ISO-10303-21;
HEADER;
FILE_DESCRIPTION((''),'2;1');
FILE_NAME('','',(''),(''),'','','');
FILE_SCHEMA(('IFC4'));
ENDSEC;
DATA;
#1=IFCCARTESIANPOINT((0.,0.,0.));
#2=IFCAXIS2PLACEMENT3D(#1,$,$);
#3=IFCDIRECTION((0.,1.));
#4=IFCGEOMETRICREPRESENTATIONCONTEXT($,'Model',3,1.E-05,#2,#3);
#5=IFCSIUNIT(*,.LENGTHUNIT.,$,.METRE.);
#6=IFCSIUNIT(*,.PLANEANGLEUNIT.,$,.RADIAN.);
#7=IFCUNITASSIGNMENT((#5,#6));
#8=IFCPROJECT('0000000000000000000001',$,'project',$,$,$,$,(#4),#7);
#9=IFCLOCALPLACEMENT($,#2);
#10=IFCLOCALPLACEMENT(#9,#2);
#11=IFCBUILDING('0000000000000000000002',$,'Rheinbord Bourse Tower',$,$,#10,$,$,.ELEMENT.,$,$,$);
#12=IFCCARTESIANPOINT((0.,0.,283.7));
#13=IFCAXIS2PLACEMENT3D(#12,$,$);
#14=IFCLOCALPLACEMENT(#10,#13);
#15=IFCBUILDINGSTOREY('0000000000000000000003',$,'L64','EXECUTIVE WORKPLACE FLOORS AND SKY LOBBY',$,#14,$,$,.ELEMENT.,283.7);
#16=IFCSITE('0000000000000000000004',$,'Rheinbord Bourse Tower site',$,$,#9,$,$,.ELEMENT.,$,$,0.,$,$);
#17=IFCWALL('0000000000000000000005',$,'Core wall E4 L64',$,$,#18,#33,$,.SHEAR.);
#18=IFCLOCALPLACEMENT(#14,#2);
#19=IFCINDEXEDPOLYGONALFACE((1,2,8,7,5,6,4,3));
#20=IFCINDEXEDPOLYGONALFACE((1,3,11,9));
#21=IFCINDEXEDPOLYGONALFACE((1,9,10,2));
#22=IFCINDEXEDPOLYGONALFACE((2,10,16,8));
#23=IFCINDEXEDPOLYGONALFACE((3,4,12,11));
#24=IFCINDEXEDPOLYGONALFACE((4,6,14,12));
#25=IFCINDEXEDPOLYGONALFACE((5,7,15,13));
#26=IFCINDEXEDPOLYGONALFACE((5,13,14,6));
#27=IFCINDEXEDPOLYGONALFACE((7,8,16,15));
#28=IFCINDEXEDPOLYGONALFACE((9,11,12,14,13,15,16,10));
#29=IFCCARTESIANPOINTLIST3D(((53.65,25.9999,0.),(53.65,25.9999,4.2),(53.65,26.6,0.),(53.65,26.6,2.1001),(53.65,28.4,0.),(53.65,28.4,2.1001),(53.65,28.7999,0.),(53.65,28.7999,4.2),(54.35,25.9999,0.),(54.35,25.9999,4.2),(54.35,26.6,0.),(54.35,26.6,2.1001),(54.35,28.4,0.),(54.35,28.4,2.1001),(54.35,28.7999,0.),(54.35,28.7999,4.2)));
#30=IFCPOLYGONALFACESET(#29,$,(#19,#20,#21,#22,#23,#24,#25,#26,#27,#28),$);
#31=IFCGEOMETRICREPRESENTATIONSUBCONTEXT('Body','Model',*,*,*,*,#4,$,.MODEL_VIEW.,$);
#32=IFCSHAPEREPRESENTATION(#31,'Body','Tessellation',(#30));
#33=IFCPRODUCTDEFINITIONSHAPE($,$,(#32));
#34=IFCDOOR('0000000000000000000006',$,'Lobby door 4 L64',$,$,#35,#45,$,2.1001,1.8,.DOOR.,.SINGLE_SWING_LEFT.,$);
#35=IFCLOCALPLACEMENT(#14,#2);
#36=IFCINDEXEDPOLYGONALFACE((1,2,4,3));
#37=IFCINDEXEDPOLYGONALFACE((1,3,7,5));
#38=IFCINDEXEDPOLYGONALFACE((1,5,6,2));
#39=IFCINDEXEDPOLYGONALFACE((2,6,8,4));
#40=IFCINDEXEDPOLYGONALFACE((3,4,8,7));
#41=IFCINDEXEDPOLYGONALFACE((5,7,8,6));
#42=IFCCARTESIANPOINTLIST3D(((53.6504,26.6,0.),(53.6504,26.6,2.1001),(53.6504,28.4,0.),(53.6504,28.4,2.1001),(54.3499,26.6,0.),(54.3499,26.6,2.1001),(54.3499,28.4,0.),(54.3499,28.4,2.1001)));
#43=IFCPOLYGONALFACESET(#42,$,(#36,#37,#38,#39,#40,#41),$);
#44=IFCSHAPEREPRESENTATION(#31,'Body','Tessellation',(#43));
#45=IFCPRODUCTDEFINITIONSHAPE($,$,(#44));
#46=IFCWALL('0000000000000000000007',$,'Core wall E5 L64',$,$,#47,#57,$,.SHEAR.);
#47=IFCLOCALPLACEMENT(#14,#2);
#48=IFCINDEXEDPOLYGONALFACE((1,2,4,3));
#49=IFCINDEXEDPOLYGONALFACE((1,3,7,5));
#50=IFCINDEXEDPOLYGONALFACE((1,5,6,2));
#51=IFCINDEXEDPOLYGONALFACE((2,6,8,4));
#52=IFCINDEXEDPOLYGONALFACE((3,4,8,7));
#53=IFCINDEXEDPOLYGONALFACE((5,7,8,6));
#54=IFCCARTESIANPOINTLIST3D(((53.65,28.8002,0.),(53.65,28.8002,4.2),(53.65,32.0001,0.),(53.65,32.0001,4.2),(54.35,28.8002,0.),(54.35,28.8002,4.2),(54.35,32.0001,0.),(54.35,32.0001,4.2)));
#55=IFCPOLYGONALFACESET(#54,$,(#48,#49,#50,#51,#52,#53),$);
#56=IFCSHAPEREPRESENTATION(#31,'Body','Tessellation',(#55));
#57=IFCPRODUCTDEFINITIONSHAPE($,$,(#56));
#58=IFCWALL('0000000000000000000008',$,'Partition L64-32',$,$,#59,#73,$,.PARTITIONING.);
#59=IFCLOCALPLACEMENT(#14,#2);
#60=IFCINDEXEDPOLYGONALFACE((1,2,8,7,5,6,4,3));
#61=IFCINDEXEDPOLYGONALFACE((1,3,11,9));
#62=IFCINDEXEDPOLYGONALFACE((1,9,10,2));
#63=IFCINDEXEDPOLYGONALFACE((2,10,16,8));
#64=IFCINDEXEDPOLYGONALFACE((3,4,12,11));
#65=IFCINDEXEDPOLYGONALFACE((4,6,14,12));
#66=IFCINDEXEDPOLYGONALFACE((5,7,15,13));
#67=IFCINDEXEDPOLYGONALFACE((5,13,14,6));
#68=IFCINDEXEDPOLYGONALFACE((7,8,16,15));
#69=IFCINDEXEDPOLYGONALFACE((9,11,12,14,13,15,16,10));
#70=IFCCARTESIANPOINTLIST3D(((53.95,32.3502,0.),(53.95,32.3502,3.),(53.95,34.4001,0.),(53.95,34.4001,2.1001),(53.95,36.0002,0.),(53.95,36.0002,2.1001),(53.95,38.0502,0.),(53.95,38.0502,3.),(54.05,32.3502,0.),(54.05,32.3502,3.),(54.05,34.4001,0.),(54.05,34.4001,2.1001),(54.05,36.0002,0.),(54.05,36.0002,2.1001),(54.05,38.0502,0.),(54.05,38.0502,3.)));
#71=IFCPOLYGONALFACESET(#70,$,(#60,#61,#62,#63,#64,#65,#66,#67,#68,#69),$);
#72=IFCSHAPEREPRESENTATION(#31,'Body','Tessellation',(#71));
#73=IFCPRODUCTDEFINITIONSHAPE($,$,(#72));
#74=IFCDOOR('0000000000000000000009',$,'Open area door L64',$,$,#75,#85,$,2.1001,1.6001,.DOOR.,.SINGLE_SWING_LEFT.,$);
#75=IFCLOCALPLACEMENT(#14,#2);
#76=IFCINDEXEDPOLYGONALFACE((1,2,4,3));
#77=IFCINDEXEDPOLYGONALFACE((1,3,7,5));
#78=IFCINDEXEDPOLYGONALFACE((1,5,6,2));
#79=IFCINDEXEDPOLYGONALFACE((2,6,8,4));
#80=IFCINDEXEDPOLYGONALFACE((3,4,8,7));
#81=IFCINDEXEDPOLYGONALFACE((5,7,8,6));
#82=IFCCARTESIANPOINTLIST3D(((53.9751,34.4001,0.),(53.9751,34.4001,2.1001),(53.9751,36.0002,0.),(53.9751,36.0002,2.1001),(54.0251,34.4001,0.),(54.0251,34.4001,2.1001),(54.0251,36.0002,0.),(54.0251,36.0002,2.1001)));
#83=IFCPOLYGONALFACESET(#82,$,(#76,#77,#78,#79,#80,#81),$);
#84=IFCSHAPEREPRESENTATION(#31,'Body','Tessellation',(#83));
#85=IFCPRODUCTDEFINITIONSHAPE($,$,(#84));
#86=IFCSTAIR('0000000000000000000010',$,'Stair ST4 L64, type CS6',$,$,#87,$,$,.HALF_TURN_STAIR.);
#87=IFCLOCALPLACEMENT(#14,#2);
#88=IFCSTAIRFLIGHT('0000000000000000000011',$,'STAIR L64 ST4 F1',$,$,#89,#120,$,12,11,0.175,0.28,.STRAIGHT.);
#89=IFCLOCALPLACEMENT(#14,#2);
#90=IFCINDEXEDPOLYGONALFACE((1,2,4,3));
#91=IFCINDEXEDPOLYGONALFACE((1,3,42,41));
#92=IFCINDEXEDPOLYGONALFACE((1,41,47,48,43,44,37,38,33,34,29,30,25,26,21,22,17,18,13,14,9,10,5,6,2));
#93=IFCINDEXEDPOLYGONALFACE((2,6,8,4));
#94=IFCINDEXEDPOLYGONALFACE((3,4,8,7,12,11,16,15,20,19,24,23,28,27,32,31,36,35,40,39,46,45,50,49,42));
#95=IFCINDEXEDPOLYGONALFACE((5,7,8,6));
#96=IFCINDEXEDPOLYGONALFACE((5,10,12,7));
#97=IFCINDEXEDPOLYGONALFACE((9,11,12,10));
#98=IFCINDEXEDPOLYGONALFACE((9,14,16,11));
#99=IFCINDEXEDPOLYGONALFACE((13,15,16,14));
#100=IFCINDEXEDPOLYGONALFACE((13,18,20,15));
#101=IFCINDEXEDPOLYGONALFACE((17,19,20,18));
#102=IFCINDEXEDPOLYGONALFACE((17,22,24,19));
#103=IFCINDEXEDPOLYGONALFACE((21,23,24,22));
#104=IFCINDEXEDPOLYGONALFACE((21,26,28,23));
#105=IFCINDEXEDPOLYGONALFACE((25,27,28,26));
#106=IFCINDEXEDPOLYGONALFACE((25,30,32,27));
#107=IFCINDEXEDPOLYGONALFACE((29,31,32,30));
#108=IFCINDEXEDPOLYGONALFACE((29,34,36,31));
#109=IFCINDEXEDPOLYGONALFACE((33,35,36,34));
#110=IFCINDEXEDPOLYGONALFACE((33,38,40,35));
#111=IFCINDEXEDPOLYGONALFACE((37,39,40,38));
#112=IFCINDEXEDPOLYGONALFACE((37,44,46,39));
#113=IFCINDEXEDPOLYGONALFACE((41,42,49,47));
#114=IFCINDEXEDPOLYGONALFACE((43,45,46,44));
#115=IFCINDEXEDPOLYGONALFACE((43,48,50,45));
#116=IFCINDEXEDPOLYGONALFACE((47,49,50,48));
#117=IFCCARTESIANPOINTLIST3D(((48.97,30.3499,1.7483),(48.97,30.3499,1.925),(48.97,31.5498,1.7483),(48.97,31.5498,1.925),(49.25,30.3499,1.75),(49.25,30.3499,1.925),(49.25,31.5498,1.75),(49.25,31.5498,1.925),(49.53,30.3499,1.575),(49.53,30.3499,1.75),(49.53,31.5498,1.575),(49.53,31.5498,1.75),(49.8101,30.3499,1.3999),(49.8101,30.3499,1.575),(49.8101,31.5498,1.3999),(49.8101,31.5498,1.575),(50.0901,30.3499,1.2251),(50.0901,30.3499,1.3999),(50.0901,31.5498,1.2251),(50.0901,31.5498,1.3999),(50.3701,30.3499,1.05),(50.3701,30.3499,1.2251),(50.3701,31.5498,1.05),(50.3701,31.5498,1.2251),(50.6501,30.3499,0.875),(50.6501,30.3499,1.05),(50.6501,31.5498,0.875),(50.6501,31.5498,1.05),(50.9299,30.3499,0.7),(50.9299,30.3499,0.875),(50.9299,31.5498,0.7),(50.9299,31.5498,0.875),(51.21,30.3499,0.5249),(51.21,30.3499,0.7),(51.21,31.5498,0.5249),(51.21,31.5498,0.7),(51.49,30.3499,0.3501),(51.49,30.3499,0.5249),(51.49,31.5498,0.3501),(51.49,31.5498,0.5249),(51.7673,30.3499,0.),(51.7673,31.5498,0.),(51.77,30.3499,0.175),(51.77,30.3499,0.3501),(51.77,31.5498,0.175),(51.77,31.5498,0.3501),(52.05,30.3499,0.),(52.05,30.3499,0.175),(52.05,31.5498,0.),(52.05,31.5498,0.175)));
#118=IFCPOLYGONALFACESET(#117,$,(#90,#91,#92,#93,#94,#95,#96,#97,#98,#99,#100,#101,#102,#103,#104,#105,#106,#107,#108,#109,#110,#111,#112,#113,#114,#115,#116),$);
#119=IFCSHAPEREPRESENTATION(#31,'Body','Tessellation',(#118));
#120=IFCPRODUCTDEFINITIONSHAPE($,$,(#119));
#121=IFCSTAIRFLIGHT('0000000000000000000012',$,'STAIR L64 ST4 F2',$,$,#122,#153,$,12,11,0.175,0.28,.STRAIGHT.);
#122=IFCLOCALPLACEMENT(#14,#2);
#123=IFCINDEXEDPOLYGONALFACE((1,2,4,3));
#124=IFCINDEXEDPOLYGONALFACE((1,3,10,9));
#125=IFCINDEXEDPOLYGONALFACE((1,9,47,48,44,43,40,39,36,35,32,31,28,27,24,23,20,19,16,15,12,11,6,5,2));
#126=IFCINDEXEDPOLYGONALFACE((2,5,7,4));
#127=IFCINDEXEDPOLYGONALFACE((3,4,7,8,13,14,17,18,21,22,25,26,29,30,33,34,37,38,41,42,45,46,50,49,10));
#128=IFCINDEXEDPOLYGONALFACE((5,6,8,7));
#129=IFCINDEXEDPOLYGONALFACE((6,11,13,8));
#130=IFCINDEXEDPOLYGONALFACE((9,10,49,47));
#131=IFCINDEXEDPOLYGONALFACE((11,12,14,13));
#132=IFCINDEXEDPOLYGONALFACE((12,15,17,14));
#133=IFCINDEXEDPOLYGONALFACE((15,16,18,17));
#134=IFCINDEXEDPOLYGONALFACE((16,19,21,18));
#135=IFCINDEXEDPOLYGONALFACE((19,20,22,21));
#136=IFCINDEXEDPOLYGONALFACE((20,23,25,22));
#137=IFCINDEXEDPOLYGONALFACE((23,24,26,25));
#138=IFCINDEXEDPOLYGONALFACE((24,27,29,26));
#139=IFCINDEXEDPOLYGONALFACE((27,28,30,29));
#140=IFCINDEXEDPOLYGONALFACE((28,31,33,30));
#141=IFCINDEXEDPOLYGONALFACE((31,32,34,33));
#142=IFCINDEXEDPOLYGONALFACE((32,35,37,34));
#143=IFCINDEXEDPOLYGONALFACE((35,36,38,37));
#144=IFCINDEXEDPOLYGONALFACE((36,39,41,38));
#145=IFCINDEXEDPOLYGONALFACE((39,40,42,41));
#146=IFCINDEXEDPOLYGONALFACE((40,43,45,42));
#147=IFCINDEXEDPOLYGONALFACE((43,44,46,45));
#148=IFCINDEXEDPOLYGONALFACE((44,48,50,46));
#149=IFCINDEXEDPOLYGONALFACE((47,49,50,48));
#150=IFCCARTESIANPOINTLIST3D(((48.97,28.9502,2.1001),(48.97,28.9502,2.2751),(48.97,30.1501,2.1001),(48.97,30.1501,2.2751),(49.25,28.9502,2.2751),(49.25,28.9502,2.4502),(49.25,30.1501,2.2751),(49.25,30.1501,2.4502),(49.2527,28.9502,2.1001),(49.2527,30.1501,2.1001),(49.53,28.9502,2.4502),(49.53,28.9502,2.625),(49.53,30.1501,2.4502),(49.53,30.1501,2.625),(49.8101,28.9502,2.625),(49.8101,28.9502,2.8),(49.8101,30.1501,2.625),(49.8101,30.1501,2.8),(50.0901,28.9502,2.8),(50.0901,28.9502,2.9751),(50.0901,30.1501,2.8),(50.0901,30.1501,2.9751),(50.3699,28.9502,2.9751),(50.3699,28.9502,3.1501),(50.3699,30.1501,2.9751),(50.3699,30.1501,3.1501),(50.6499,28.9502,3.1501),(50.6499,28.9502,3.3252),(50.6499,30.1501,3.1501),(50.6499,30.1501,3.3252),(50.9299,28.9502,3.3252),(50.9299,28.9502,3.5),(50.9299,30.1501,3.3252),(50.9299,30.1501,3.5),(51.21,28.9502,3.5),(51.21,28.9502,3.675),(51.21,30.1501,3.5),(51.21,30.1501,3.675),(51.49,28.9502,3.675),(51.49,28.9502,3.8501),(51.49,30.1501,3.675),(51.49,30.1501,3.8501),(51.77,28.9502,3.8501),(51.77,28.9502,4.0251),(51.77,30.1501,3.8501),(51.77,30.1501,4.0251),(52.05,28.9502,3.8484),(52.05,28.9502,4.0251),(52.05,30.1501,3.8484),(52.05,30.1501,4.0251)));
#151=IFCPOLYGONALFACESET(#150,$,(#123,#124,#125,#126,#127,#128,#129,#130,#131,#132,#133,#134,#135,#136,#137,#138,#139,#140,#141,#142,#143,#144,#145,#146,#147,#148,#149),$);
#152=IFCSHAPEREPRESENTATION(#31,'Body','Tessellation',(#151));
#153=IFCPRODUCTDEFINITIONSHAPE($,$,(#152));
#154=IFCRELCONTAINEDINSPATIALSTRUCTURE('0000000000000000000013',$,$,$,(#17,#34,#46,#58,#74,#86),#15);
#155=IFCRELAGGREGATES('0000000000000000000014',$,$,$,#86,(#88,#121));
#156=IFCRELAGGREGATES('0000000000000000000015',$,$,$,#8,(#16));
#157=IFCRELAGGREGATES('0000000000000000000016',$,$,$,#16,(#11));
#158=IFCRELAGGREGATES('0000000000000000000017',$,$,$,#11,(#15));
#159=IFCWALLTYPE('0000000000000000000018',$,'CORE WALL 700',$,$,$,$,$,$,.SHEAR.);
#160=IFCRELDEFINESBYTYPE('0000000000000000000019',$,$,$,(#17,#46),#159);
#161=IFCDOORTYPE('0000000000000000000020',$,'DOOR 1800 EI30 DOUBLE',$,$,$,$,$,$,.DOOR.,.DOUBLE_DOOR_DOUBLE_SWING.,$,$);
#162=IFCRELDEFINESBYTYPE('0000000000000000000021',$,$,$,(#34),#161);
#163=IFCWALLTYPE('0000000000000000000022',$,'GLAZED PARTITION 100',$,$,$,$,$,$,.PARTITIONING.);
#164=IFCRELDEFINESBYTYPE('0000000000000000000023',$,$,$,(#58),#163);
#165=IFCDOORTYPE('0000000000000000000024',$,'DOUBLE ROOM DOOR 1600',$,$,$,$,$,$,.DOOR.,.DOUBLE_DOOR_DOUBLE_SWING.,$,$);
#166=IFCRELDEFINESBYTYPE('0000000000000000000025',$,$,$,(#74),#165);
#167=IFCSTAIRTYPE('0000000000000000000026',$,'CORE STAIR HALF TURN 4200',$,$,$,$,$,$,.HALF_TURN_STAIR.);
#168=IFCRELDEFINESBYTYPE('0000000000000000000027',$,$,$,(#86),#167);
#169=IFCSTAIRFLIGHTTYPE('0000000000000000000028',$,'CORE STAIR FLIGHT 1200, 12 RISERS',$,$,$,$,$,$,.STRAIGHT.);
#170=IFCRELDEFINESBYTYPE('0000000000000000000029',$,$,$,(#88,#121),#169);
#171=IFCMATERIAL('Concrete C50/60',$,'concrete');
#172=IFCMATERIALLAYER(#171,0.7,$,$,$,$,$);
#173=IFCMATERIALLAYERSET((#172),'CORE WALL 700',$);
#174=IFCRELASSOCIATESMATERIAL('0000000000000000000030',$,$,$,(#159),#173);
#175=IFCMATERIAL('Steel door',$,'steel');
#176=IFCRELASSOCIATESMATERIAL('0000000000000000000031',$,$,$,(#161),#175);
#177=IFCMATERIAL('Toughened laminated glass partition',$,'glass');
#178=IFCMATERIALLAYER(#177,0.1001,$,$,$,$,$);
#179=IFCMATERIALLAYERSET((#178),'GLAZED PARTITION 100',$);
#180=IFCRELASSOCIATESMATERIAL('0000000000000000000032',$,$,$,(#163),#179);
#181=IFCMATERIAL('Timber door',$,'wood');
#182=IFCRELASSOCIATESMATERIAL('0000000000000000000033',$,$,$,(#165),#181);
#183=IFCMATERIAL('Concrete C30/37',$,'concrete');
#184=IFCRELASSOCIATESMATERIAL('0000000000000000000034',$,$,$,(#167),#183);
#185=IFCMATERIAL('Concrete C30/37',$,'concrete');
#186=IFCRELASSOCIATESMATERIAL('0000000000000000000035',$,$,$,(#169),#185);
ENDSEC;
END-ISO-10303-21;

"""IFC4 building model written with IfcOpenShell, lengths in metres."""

from ifc_helpers import new_model, si_unit, direction, frame, frame_2d, origin, place, context, subcontext, project, spatial, polyline, rectangle, outline, extrude, material, layer, layer_set, type_object, element, fill, aggregate, save


model = new_model("IFC4")

# Units and contexts
model_context = context("Model", 3, precision=1e-05, world=origin(), true_north=direction((0.0, 1.0)))
body_context = subcontext(model_context, "Body", "Model", "MODEL_VIEW")
ifc_project = project(units=[si_unit("LENGTHUNIT", "METRE"), si_unit("PLANEANGLEUNIT", "RADIAN")], contexts=[model_context])

# Site, building, storey
site_placement = place(None, origin())
site = spatial("IfcSite", under=ifc_project, at=site_placement, Name="Rheinbord Bourse Tower site", CompositionType="ELEMENT", RefElevation=0.0)
building_placement = place(site_placement, origin())
building = spatial("IfcBuilding", under=site, at=building_placement, Name="Rheinbord Bourse Tower", CompositionType="ELEMENT")
storey_placement = place(building_placement, frame((0.0, 0.0, 283.7)))
storey = spatial("IfcBuildingStorey", under=building, at=storey_placement, Name="L64", Description="EXECUTIVE WORKPLACE FLOORS AND SKY LOBBY", CompositionType="ELEMENT", Elevation=283.7)

# Shared definitions
ifc_material_1 = material(Name="Concrete C50/60", Category="concrete")
ifc_layer_1 = layer(ifc_material_1, 0.7)
ifc_layer_set_1 = layer_set([ifc_layer_1], Name="CORE WALL 700")
wall_type_1 = type_object("IfcWallType", Name="CORE WALL 700", PredefinedType="SHEAR", material=ifc_layer_set_1)

# Wall, opening, door
wall_1_placement = place(storey_placement, frame((54.0, 26.0, 0.0), z_axis=(0.0, 0.0, 1.0), x_axis=(0.0, 1.0, 0.0)))
wall_1 = element("IfcWall", 1, at=wall_1_placement, inside=storey, type_object=wall_type_1, Name="Core wall E4 L64", PredefinedType="SHEAR", context=body_context, shape_type="SweptSolid", body=[
    extrude(rectangle(XDim=2.8, YDim=0.7, at=frame_2d((1.3999, 0.0))), origin(), (0.0, 0.0, 1.0), 4.2),
])
opening_1_placement = place(wall_1_placement, frame((0.6001, 0.0, 0.0)))
opening_1 = element("IfcOpeningElement", 2, at=opening_1_placement, cuts=wall_1, PredefinedType="OPENING", context=body_context, shape_type="SweptSolid", body=[
    extrude(rectangle(XDim=1.8, YDim=2.1001, at=frame_2d((0.8999, 1.05))), frame((0.0, 0.3599, 0.0), z_axis=(0.0, -1.0, 0.0), x_axis=(1.0, 0.0, 0.0)), (0.0, 0.0, 1.0), 0.72),
])
ifc_material_2 = material(Name="Steel door", Category="steel")
door_type_1 = type_object("IfcDoorType", Name="DOOR 1800 EI30 DOUBLE", OperationType="DOUBLE_DOOR_DOUBLE_SWING", PredefinedType="DOOR", material=ifc_material_2)
door_1_placement = place(opening_1_placement, origin())
door_1 = element("IfcDoor", 3, at=door_1_placement, inside=storey, type_object=door_type_1, Name="Lobby door 4 L64", OperationType="SINGLE_SWING_LEFT", OverallHeight=2.1001, OverallWidth=1.8, PredefinedType="DOOR", context=body_context, shape_type="SweptSolid", body=[
    extrude(rectangle(XDim=1.8, YDim=2.1001, at=frame_2d((0.8999, 1.05))), frame((0.0, 0.3496, 0.0), z_axis=(0.0, -1.0, 0.0), x_axis=(1.0, 0.0, 0.0)), (0.0, 0.0, 1.0), 0.6995),
])
fill(opening_1, door_1)

# Wall
wall_2_placement = place(storey_placement, frame((54.0, 28.8, 0.0), z_axis=(0.0, 0.0, 1.0), x_axis=(0.0, 1.0, 0.0)))
element("IfcWall", 4, at=wall_2_placement, inside=storey, type_object=wall_type_1, Name="Core wall E5 L64", PredefinedType="SHEAR", context=body_context, shape_type="SweptSolid", body=[
    extrude(rectangle(XDim=3.2, YDim=0.7, at=frame_2d((1.6001, 0.0))), origin(), (0.0, 0.0, 1.0), 4.2),
])

# Wall, opening, door
ifc_material_3 = material(Name="Toughened laminated glass partition", Category="glass")
ifc_layer_2 = layer(ifc_material_3, 0.1001)
ifc_layer_set_2 = layer_set([ifc_layer_2], Name="GLAZED PARTITION 100")
wall_type_2 = type_object("IfcWallType", Name="GLAZED PARTITION 100", PredefinedType="PARTITIONING", material=ifc_layer_set_2)
wall_3_placement = place(storey_placement, frame((54.0, 32.3501, 0.0), z_axis=(0.0, 0.0, 1.0), x_axis=(0.0, 1.0, 0.0)))
wall_3 = element("IfcWall", 5, at=wall_3_placement, inside=storey, type_object=wall_type_2, Name="Partition L64-32", PredefinedType="PARTITIONING", context=body_context, shape_type="SweptSolid", body=[
    extrude(rectangle(XDim=5.7, YDim=0.1001, at=frame_2d((2.8501, 0.0))), origin(), (0.0, 0.0, 1.0), 3.0),
])
opening_2_placement = place(wall_3_placement, frame((2.05, 0.0, 0.0)))
opening_2 = element("IfcOpeningElement", 6, at=opening_2_placement, cuts=wall_3, PredefinedType="OPENING", context=body_context, shape_type="SweptSolid", body=[
    extrude(rectangle(XDim=1.6001, YDim=2.1001, at=frame_2d((0.8, 1.05))), frame((0.0, 0.0601, 0.0), z_axis=(0.0, -1.0, 0.0), x_axis=(1.0, 0.0, 0.0)), (0.0, 0.0, 1.0), 0.1201),
])
ifc_material_4 = material(Name="Timber door", Category="wood")
door_type_2 = type_object("IfcDoorType", Name="DOUBLE ROOM DOOR 1600", OperationType="DOUBLE_DOOR_DOUBLE_SWING", PredefinedType="DOOR", material=ifc_material_4)
door_2_placement = place(opening_2_placement, origin())
door_2 = element("IfcDoor", 7, at=door_2_placement, inside=storey, type_object=door_type_2, Name="Open area door L64", OperationType="SINGLE_SWING_LEFT", OverallHeight=2.1001, OverallWidth=1.6001, PredefinedType="DOOR", context=body_context, shape_type="SweptSolid", body=[
    extrude(rectangle(XDim=1.6001, YDim=2.1001, at=frame_2d((0.8, 1.05))), frame((0.0, 0.0249, 0.0), z_axis=(0.0, -1.0, 0.0), x_axis=(1.0, 0.0, 0.0)), (0.0, 0.0, 1.0), 0.05),
])
fill(opening_2, door_2)

# Stair, stair flights
ifc_material_5 = material(Name="Concrete C30/37", Category="concrete")
stair_type = type_object("IfcStairType", Name="CORE STAIR HALF TURN 4200", PredefinedType="HALF_TURN_STAIR", material=ifc_material_5)
stair_placement = place(storey_placement, origin())
stair = element("IfcStair", 8, at=stair_placement, inside=storey, type_object=stair_type, Name="Stair ST4 L64, type CS6", PredefinedType="HALF_TURN_STAIR")
ifc_material_6 = material(Name="Concrete C30/37", Category="concrete")
stair_flight_type = type_object("IfcStairFlightType", Name="CORE STAIR FLIGHT 1200, 12 RISERS", PredefinedType="STRAIGHT", material=ifc_material_6)
stair_flight_1_placement = place(storey_placement, frame((52.05, 30.95, 0.0), z_axis=(0.0, 0.0, 1.0), x_axis=(-1.0, 0.0, 0.0)))
stair_flight_1 = element("IfcStairFlight", 9, at=stair_flight_1_placement, type_object=stair_flight_type, Name="STAIR L64 ST4 F1", NumberOfRisers=12, NumberOfTreads=11, PredefinedType="STRAIGHT", RiserHeight=0.175, TreadLength=0.28, context=body_context, shape_type="SweptSolid", body=[
    extrude(outline(polyline([(0.0, 0.0), (0.0, 0.175), (0.28, 0.175), (0.28, 0.3501), (0.5601, 0.3501), (0.5601, 0.5249), (0.8401, 0.5249), (0.8401, 0.7), (1.1201, 0.7), (1.1201, 0.875), (1.3999, 0.875), (1.3999, 1.05), (1.6799, 1.05), (1.6799, 1.2251), (1.96, 1.2251), (1.96, 1.3999), (2.24, 1.3999), (2.24, 1.575), (2.52, 1.575), (2.52, 1.75), (2.8, 1.75), (2.8, 1.925), (3.0801, 1.925), (3.0801, 2.1001), (3.0801, 1.7483), (0.2827, 0.0), (0.0, 0.0)])), frame((0.0, 0.6001, 0.0), z_axis=(0.0, -1.0, 0.0), x_axis=(1.0, 0.0, 0.0)), (0.0, 0.0, 1.0), 1.2),
])
stair_flight_2_placement = place(storey_placement, frame((48.97, 29.55, 2.1001), z_axis=(0.0, 0.0, 1.0), x_axis=(1.0, 0.0, 0.0)))
stair_flight_2 = element("IfcStairFlight", 10, at=stair_flight_2_placement, type_object=stair_flight_type, Name="STAIR L64 ST4 F2", NumberOfRisers=12, NumberOfTreads=11, PredefinedType="STRAIGHT", RiserHeight=0.175, TreadLength=0.28, context=body_context, shape_type="SweptSolid", body=[
    extrude(outline(polyline([(0.0, 0.0), (0.0, 0.175), (0.28, 0.175), (0.28, 0.3501), (0.5601, 0.3501), (0.5601, 0.5249), (0.8401, 0.5249), (0.8401, 0.7), (1.1201, 0.7), (1.1201, 0.875), (1.3999, 0.875), (1.3999, 1.05), (1.6799, 1.05), (1.6799, 1.2251), (1.96, 1.2251), (1.96, 1.3999), (2.24, 1.3999), (2.24, 1.575), (2.52, 1.575), (2.52, 1.75), (2.8, 1.75), (2.8, 1.925), (3.0801, 1.925), (3.0801, 2.1001), (3.0801, 1.7483), (0.2827, 0.0), (0.0, 0.0)])), frame((0.0, 0.6001, 0.0), z_axis=(0.0, -1.0, 0.0), x_axis=(1.0, 0.0, 0.0)), (0.0, 0.0, 1.0), 1.2),
])
aggregate(stair, [stair_flight_1, stair_flight_2])

save(model, "model.ifc")
